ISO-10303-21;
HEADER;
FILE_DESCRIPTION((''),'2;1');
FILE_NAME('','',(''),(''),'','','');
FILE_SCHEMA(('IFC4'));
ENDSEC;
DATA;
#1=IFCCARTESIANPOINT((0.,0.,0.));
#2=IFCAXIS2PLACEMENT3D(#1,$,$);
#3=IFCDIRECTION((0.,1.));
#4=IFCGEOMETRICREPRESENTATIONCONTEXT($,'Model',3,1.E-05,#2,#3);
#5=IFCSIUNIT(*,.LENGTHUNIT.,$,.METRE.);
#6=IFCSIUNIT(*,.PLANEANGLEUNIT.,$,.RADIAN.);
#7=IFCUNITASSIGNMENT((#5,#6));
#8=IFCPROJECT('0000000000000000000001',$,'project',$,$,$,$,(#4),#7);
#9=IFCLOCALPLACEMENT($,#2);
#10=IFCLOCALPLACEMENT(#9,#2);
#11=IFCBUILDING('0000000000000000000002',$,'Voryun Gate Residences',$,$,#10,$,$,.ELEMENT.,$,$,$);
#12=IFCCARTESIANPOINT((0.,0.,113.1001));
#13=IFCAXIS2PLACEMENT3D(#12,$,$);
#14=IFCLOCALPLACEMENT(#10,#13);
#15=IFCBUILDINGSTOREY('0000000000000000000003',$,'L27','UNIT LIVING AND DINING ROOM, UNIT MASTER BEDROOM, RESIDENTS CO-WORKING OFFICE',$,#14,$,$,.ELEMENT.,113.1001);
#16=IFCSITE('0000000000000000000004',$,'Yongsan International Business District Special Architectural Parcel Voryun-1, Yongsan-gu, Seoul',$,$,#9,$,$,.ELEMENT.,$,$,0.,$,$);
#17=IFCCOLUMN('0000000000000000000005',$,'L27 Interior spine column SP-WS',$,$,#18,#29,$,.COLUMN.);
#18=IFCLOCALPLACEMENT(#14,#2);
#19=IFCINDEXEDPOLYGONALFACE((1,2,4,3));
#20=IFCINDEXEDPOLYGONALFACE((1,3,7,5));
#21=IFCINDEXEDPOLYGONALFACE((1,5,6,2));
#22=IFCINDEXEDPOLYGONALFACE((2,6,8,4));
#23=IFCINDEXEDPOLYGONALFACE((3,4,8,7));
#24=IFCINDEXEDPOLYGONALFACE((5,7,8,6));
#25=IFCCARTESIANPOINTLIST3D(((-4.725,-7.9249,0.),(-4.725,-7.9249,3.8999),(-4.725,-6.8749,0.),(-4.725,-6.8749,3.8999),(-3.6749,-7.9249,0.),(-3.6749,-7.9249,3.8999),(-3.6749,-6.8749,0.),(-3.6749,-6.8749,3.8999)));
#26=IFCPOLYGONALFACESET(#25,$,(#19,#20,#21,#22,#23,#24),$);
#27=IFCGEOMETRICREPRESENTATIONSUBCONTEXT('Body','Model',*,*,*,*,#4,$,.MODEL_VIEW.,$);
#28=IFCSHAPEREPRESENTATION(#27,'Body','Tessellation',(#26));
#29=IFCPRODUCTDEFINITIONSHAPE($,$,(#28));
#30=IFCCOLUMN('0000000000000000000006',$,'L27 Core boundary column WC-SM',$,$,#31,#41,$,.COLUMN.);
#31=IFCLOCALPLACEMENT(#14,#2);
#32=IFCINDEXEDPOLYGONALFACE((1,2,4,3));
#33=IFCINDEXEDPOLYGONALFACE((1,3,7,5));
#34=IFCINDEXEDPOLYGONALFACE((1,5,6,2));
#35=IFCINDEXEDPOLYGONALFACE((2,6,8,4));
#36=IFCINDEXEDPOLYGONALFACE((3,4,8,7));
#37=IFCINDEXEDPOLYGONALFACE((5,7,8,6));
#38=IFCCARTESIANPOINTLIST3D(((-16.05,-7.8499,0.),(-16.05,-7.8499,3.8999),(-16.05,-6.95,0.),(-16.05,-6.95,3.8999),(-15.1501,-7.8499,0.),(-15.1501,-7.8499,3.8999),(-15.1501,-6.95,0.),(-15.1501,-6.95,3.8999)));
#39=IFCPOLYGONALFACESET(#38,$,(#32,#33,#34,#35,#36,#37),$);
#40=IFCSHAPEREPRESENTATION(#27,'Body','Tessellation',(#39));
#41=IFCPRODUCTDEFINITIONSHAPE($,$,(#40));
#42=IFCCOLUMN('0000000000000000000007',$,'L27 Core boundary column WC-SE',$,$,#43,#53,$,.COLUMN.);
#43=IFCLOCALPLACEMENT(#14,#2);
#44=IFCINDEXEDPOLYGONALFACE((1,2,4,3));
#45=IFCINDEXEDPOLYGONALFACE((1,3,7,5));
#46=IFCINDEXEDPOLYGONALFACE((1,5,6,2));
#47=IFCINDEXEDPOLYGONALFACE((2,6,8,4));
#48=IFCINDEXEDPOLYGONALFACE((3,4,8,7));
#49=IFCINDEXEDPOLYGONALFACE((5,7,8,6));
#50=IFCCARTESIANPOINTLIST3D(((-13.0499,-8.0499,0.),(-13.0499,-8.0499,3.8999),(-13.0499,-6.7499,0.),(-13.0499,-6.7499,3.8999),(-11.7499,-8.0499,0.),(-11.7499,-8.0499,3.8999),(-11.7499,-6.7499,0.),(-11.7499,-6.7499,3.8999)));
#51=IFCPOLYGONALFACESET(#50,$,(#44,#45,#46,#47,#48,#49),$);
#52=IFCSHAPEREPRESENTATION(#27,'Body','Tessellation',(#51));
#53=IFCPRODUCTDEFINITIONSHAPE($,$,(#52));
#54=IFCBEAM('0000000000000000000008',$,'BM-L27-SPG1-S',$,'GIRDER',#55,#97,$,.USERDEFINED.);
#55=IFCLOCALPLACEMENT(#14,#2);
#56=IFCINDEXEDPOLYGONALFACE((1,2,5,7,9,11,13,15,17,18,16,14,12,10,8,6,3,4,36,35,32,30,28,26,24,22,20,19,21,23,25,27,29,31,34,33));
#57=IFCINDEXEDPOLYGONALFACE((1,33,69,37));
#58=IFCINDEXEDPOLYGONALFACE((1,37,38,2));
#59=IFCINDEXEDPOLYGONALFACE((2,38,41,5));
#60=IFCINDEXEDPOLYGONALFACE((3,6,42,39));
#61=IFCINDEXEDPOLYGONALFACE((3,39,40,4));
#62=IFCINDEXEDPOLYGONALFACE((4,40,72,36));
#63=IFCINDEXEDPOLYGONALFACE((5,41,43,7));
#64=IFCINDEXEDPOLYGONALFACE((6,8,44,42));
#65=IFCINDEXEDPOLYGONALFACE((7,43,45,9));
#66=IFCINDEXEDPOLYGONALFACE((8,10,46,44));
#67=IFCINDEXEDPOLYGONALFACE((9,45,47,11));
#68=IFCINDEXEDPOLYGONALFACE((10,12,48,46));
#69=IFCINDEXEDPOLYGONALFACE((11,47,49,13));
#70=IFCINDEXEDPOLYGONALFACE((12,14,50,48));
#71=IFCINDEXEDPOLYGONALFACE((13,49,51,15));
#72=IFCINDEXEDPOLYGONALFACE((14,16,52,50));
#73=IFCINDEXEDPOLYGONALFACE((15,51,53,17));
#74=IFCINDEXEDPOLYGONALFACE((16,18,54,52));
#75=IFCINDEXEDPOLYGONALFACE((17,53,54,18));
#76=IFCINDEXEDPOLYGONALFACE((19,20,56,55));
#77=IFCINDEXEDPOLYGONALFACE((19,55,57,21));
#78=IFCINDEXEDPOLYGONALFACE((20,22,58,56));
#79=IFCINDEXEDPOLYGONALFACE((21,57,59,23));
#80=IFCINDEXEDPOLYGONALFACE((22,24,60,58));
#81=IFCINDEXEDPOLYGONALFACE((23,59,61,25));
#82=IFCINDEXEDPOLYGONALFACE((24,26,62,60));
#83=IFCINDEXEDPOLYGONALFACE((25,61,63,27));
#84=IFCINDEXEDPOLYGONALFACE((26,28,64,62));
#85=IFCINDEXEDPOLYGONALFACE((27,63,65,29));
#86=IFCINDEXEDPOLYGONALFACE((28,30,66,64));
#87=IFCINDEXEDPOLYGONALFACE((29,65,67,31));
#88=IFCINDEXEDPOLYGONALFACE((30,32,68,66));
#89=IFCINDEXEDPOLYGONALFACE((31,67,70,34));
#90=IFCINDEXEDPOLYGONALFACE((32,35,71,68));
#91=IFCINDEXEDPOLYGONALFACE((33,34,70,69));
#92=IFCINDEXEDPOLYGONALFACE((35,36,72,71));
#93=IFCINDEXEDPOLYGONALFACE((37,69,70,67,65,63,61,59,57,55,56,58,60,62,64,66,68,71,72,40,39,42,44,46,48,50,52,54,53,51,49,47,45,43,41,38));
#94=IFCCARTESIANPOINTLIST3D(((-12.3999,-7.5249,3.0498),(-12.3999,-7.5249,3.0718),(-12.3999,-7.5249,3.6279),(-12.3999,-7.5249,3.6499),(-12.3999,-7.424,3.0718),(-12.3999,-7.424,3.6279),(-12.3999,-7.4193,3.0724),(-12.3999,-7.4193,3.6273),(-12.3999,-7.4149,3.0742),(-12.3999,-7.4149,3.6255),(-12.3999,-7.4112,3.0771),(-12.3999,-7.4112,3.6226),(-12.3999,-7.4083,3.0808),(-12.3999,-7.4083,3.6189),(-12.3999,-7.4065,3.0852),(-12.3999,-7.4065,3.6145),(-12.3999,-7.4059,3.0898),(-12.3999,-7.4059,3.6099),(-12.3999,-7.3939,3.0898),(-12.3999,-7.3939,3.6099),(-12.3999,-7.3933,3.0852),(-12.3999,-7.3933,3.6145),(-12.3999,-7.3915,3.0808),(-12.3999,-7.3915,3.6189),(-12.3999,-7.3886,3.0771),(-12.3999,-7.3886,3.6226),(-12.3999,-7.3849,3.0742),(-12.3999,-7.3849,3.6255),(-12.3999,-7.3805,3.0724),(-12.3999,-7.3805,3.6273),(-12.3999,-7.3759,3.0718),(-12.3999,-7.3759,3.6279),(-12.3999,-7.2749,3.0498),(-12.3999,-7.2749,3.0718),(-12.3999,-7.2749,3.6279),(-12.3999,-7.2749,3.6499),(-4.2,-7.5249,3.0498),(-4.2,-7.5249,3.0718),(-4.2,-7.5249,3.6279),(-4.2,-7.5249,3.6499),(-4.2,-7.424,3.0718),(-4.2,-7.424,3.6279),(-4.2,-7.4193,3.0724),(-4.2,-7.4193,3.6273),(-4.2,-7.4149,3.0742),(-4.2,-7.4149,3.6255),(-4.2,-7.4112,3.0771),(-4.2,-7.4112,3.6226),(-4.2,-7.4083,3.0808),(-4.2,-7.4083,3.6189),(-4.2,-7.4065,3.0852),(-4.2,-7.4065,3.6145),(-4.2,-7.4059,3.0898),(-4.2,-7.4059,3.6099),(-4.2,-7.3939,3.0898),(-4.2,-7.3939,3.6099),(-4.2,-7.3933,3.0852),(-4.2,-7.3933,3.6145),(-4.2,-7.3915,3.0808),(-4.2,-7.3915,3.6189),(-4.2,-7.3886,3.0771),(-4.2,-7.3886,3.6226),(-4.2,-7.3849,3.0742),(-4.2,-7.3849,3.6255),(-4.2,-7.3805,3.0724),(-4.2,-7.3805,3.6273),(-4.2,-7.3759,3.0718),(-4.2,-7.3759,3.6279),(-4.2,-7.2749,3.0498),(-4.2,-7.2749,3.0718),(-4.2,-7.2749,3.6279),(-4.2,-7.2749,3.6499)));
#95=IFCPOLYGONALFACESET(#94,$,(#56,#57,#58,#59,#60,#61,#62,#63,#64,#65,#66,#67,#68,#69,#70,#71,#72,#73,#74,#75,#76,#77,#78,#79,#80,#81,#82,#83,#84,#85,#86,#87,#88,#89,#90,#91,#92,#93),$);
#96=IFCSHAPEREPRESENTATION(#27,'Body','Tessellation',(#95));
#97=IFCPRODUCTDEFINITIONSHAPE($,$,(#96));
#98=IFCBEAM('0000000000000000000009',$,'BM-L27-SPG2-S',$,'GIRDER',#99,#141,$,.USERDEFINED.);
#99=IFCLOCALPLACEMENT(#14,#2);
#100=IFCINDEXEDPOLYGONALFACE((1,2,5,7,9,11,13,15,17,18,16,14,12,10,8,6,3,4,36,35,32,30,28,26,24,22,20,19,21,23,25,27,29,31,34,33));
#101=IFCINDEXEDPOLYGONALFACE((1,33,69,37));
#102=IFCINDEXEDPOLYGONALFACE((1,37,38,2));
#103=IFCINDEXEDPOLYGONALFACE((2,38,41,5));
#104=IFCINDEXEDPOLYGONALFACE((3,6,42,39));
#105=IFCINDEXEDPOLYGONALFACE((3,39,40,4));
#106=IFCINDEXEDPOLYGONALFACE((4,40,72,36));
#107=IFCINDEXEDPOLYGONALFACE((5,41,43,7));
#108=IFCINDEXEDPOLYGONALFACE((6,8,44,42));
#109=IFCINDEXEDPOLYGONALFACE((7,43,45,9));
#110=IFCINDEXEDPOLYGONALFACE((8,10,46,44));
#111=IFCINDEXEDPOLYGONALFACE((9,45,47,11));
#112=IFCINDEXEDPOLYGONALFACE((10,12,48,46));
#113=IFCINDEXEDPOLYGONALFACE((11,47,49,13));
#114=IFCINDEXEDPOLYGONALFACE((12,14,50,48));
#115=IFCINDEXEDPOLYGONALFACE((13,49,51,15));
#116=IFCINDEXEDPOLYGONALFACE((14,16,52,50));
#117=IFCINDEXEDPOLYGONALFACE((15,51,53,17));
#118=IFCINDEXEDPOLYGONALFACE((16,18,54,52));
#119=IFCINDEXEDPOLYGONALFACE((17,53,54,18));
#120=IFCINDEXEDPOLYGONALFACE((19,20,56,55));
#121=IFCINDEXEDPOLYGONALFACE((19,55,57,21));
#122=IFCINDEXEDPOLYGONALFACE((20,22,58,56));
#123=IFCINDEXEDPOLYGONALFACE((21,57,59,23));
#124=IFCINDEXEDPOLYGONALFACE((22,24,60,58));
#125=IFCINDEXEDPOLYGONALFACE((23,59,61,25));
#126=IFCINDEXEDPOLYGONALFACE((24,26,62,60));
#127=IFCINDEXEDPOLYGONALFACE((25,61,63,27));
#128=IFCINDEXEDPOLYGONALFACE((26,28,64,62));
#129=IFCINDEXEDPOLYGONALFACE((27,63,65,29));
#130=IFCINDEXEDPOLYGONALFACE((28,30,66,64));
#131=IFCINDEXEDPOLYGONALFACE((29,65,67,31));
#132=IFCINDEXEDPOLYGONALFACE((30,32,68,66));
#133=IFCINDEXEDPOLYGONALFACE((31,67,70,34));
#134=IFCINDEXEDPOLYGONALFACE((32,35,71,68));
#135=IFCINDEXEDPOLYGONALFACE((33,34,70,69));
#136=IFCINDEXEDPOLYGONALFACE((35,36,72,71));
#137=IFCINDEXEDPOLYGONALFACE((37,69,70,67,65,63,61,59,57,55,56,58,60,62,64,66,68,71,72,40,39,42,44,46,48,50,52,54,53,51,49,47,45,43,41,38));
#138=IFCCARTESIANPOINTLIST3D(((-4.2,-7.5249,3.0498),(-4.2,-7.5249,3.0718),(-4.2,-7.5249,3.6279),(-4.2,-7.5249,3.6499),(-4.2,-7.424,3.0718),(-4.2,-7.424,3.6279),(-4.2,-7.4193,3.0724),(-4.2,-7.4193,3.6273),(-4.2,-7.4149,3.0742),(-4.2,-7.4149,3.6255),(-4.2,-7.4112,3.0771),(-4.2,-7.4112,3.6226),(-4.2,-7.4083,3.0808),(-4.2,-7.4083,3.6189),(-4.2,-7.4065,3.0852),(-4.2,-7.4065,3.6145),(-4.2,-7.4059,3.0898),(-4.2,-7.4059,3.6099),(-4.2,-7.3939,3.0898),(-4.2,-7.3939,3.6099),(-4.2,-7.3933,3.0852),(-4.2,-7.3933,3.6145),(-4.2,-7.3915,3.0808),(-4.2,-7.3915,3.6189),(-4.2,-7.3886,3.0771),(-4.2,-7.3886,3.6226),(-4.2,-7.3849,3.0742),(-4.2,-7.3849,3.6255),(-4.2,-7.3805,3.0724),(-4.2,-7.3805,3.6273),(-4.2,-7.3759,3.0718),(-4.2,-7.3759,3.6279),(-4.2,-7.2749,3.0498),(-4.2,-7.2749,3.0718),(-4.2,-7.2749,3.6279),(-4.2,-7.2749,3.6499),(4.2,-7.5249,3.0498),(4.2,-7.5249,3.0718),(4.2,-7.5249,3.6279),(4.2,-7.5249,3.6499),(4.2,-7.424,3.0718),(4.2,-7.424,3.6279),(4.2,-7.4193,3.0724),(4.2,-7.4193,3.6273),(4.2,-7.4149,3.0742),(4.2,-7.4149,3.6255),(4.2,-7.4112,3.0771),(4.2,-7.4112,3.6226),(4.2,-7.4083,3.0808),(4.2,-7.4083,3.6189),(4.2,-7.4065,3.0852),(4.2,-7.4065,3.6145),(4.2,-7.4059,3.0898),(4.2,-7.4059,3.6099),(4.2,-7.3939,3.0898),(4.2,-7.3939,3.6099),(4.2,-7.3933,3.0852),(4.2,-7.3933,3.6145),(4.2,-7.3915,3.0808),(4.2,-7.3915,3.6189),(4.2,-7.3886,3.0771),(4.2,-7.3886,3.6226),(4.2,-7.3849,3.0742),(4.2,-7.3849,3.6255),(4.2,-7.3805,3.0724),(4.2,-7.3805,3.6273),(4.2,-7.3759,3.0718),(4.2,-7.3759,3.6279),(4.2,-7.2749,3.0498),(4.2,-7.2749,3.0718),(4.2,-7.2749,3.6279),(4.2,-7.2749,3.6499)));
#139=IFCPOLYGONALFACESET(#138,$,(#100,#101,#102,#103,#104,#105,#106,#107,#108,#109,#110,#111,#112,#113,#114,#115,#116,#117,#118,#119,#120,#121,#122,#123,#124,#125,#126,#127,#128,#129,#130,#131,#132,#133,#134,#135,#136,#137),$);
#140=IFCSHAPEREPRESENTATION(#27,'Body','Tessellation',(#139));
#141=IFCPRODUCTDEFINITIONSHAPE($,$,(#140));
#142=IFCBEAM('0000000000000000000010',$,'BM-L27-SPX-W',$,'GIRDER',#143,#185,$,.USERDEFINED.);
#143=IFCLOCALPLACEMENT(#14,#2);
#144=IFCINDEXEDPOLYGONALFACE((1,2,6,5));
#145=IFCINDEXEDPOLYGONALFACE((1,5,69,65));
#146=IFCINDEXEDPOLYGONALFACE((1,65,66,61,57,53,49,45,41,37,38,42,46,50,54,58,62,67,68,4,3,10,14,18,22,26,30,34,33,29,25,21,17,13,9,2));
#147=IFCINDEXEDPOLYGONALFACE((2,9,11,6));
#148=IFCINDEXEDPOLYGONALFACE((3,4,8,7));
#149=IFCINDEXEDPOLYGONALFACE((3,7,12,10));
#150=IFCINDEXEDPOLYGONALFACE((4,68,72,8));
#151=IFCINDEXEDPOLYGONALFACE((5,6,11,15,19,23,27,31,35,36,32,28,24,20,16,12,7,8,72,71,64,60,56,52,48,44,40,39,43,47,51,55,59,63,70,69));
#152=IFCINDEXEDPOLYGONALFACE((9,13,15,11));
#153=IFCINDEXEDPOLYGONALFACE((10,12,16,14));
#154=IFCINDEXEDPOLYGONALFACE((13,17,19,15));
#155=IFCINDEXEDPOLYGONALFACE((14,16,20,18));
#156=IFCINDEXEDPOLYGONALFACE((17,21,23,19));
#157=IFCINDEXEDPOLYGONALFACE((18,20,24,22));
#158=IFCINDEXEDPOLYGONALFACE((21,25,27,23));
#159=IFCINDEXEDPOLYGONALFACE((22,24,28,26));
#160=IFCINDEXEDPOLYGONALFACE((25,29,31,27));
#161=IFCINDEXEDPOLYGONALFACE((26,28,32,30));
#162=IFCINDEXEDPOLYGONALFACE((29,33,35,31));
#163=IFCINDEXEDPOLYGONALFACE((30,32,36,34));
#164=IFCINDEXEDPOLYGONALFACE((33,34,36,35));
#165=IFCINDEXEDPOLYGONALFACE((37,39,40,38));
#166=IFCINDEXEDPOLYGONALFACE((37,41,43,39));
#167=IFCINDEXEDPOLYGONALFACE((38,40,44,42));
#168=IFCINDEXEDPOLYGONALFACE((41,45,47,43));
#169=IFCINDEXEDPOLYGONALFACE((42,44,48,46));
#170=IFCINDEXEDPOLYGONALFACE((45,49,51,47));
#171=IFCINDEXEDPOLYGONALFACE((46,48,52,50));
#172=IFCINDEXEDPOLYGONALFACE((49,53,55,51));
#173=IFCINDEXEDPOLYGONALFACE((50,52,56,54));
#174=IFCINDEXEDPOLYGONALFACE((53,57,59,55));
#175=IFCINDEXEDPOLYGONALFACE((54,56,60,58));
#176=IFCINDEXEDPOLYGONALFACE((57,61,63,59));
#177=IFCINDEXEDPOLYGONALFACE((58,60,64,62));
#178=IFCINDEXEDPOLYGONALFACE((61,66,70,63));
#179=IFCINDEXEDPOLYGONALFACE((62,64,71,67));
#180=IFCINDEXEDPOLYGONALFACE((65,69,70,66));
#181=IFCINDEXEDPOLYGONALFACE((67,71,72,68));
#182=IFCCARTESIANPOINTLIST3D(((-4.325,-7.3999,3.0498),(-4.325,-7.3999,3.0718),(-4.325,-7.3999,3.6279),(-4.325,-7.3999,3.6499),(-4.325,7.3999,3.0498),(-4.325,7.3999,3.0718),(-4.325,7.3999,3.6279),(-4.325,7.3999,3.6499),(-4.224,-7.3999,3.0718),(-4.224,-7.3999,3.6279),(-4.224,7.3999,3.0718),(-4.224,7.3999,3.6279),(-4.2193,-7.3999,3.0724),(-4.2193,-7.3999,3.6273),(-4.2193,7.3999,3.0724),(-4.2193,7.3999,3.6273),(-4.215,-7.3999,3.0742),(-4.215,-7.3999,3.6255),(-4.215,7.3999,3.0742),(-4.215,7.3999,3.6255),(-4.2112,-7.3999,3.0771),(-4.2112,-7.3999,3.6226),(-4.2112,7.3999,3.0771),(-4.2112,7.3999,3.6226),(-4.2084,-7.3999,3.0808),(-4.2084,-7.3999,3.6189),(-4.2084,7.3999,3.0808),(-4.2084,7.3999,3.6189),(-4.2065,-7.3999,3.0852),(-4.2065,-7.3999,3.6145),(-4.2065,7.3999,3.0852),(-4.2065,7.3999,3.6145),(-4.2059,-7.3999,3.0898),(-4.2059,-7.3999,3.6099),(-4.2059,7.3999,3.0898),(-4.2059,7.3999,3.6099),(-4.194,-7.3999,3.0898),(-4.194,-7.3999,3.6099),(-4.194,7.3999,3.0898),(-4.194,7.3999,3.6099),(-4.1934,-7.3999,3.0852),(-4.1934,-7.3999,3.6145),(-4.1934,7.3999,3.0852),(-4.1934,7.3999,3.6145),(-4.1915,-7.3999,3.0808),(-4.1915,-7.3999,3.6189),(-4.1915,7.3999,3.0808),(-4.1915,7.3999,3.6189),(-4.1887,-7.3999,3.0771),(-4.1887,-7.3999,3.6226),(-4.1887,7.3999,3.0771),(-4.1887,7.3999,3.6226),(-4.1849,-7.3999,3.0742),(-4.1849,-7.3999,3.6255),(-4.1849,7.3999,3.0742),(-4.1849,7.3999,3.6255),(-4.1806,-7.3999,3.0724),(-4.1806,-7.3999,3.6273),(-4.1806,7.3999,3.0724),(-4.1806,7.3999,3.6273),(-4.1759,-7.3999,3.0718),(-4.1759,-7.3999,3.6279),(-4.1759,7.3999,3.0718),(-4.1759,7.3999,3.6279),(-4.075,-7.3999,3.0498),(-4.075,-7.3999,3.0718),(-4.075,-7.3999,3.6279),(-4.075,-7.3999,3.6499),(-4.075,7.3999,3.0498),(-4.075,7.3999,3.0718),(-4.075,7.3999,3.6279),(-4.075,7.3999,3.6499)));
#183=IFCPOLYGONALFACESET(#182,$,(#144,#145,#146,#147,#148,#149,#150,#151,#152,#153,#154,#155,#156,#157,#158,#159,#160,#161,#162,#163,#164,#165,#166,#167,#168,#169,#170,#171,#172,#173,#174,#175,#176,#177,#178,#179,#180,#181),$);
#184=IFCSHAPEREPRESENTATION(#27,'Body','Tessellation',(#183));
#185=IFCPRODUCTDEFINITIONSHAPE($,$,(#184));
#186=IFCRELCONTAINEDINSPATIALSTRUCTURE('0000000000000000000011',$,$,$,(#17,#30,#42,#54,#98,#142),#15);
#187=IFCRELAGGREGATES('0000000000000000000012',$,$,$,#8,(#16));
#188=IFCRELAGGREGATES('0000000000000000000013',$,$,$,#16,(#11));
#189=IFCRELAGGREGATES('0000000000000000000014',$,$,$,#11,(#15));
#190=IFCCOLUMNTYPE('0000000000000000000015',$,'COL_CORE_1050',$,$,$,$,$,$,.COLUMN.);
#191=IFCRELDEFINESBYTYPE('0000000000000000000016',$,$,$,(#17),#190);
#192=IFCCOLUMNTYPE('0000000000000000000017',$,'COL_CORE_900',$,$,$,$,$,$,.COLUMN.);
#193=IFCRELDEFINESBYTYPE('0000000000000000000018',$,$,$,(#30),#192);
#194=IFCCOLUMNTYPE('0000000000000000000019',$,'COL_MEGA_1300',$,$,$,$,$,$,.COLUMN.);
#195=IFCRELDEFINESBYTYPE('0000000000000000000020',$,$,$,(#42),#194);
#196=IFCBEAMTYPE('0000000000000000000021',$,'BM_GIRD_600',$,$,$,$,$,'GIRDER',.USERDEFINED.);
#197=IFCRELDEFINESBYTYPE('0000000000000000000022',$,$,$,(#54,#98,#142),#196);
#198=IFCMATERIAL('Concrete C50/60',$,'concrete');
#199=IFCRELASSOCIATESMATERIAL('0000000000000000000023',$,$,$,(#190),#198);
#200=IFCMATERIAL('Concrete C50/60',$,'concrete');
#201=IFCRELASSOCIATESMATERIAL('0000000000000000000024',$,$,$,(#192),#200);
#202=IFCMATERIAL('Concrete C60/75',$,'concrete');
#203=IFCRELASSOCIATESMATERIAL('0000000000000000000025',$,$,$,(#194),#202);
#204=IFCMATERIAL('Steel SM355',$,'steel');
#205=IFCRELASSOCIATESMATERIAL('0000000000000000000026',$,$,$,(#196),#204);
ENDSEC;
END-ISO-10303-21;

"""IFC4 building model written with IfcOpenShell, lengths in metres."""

from ifc_helpers import new_model, si_unit, direction, frame, origin, origin_2d, place, context, subcontext, project, spatial, rectangle, i_section, extrude, material, material_profile, profile_set, type_object, element, save


model = new_model("IFC4")

# Units and contexts
model_context = context("Model", 3, precision=1e-05, world=origin(), true_north=direction((0.0, 1.0)))
body_context = subcontext(model_context, "Body", "Model", "MODEL_VIEW")
ifc_project = project(units=[si_unit("LENGTHUNIT", "METRE"), si_unit("PLANEANGLEUNIT", "RADIAN")], contexts=[model_context])

# Site, building, storey
site_placement = place(None, origin())
site = spatial("IfcSite", under=ifc_project, at=site_placement, Name="Yongsan International Business District Special Architectural Parcel Voryun-1, Yongsan-gu, Seoul", CompositionType="ELEMENT", RefElevation=0.0)
building_placement = place(site_placement, origin())
building = spatial("IfcBuilding", under=site, at=building_placement, Name="Voryun Gate Residences", CompositionType="ELEMENT")
storey_placement = place(building_placement, frame((0.0, 0.0, 113.1001)))
storey = spatial("IfcBuildingStorey", under=building, at=storey_placement, Name="L27", Description="UNIT LIVING AND DINING ROOM, UNIT MASTER BEDROOM, RESIDENTS CO-WORKING OFFICE", CompositionType="ELEMENT", Elevation=113.1001)

# Columns
ifc_material_1 = material(Name="Concrete C50/60", Category="concrete")
ifc_material_profile_1 = material_profile(ifc_material_1, rectangle(XDim=1.05, YDim=1.05, at=origin_2d()), Name="RC-1050x1050")
ifc_profile_set_1 = profile_set([ifc_material_profile_1], Name="Concrete C50/60")
column_type_1 = type_object("IfcColumnType", Name="COL_CORE_1050", PredefinedType="COLUMN", material=ifc_profile_set_1)
column_1_placement = place(storey_placement, frame((-4.2, -7.3999, 0.0), z_axis=(0.0, 0.0, 1.0), x_axis=(1.0, 0.0, 0.0)))
element("IfcColumn", 1, at=column_1_placement, inside=storey, type_object=column_type_1, Name="L27 Interior spine column SP-WS", PredefinedType="COLUMN", context=body_context, shape_type="SweptSolid", body=[
    extrude(rectangle(XDim=1.05, YDim=1.05, at=origin_2d()), origin(), (0.0, 0.0, 1.0), 3.8999),
])
ifc_material_2 = material(Name="Concrete C50/60", Category="concrete")
ifc_material_profile_2 = material_profile(ifc_material_2, rectangle(XDim=0.8999, YDim=0.8999, at=origin_2d()), Name="RC-900x900")
ifc_profile_set_2 = profile_set([ifc_material_profile_2], Name="Concrete C50/60")
column_type_2 = type_object("IfcColumnType", Name="COL_CORE_900", PredefinedType="COLUMN", material=ifc_profile_set_2)
column_2_placement = place(storey_placement, frame((-15.6001, -7.3999, 0.0), z_axis=(0.0, 0.0, 1.0), x_axis=(1.0, 0.0, 0.0)))
element("IfcColumn", 2, at=column_2_placement, inside=storey, type_object=column_type_2, Name="L27 Core boundary column WC-SM", PredefinedType="COLUMN", context=body_context, shape_type="SweptSolid", body=[
    extrude(rectangle(XDim=0.8999, YDim=0.8999, at=origin_2d()), origin(), (0.0, 0.0, 1.0), 3.8999),
])
ifc_material_3 = material(Name="Concrete C60/75", Category="concrete")
ifc_material_profile_3 = material_profile(ifc_material_3, rectangle(XDim=1.3, YDim=1.3, at=origin_2d()), Name="RC-1300x1300")
ifc_profile_set_3 = profile_set([ifc_material_profile_3], Name="Concrete C60/75")
column_type_3 = type_object("IfcColumnType", Name="COL_MEGA_1300", PredefinedType="COLUMN", material=ifc_profile_set_3)
column_3_placement = place(storey_placement, frame((-12.3999, -7.3999, 0.0), z_axis=(0.0, 0.0, 1.0), x_axis=(1.0, 0.0, 0.0)))
element("IfcColumn", 3, at=column_3_placement, inside=storey, type_object=column_type_3, Name="L27 Core boundary column WC-SE", PredefinedType="COLUMN", context=body_context, shape_type="SweptSolid", body=[
    extrude(rectangle(XDim=1.3, YDim=1.3, at=origin_2d()), origin(), (0.0, 0.0, 1.0), 3.8999),
])

# Beams
ifc_material_4 = material(Name="Steel SM355", Category="steel")
ifc_material_profile_4 = material_profile(ifc_material_4, i_section(OverallWidth=0.25, OverallDepth=0.6001, WebThickness=0.012, FlangeThickness=0.022, FilletRadius=0.0181, at=origin_2d()), Name="H-600x250x12x22")
ifc_profile_set_4 = profile_set([ifc_material_profile_4], Name="Steel SM355")
beam_type_1 = type_object("IfcBeamType", Name="BM_GIRD_600", ElementType="GIRDER", PredefinedType="USERDEFINED", material=ifc_profile_set_4)
beam_1_placement = place(storey_placement, frame((-12.3999, -7.3999, 3.3499), z_axis=(1.0, 0.0, 0.0), x_axis=(0.0, 1.0, 0.0)))
element("IfcBeam", 4, at=beam_1_placement, inside=storey, type_object=beam_type_1, Name="BM-L27-SPG1-S", ObjectType="GIRDER", PredefinedType="USERDEFINED", context=body_context, shape_type="SweptSolid", body=[
    extrude(i_section(OverallWidth=0.25, OverallDepth=0.6001, WebThickness=0.012, FlangeThickness=0.022, FilletRadius=0.0181, at=origin_2d()), origin(), (0.0, 0.0, 1.0), 8.2),
])
beam_2_placement = place(storey_placement, frame((-4.2, -7.3999, 3.3499), z_axis=(1.0, 0.0, 0.0), x_axis=(0.0, 1.0, 0.0)))
element("IfcBeam", 5, at=beam_2_placement, inside=storey, type_object=beam_type_1, Name="BM-L27-SPG2-S", ObjectType="GIRDER", PredefinedType="USERDEFINED", context=body_context, shape_type="SweptSolid", body=[
    extrude(i_section(OverallWidth=0.25, OverallDepth=0.6001, WebThickness=0.012, FlangeThickness=0.022, FilletRadius=0.0181, at=origin_2d()), origin(), (0.0, 0.0, 1.0), 8.3999),
])
beam_3_placement = place(storey_placement, frame((-4.2, -7.3999, 3.3499), z_axis=(0.0, 1.0, 0.0), x_axis=(-1.0, 0.0, 0.0)))
element("IfcBeam", 6, at=beam_3_placement, inside=storey, type_object=beam_type_1, Name="BM-L27-SPX-W", ObjectType="GIRDER", PredefinedType="USERDEFINED", context=body_context, shape_type="SweptSolid", body=[
    extrude(i_section(OverallWidth=0.25, OverallDepth=0.6001, WebThickness=0.012, FlangeThickness=0.022, FilletRadius=0.0181, at=origin_2d()), origin(), (0.0, 0.0, 1.0), 14.7998),
])

save(model, "model.ifc")
